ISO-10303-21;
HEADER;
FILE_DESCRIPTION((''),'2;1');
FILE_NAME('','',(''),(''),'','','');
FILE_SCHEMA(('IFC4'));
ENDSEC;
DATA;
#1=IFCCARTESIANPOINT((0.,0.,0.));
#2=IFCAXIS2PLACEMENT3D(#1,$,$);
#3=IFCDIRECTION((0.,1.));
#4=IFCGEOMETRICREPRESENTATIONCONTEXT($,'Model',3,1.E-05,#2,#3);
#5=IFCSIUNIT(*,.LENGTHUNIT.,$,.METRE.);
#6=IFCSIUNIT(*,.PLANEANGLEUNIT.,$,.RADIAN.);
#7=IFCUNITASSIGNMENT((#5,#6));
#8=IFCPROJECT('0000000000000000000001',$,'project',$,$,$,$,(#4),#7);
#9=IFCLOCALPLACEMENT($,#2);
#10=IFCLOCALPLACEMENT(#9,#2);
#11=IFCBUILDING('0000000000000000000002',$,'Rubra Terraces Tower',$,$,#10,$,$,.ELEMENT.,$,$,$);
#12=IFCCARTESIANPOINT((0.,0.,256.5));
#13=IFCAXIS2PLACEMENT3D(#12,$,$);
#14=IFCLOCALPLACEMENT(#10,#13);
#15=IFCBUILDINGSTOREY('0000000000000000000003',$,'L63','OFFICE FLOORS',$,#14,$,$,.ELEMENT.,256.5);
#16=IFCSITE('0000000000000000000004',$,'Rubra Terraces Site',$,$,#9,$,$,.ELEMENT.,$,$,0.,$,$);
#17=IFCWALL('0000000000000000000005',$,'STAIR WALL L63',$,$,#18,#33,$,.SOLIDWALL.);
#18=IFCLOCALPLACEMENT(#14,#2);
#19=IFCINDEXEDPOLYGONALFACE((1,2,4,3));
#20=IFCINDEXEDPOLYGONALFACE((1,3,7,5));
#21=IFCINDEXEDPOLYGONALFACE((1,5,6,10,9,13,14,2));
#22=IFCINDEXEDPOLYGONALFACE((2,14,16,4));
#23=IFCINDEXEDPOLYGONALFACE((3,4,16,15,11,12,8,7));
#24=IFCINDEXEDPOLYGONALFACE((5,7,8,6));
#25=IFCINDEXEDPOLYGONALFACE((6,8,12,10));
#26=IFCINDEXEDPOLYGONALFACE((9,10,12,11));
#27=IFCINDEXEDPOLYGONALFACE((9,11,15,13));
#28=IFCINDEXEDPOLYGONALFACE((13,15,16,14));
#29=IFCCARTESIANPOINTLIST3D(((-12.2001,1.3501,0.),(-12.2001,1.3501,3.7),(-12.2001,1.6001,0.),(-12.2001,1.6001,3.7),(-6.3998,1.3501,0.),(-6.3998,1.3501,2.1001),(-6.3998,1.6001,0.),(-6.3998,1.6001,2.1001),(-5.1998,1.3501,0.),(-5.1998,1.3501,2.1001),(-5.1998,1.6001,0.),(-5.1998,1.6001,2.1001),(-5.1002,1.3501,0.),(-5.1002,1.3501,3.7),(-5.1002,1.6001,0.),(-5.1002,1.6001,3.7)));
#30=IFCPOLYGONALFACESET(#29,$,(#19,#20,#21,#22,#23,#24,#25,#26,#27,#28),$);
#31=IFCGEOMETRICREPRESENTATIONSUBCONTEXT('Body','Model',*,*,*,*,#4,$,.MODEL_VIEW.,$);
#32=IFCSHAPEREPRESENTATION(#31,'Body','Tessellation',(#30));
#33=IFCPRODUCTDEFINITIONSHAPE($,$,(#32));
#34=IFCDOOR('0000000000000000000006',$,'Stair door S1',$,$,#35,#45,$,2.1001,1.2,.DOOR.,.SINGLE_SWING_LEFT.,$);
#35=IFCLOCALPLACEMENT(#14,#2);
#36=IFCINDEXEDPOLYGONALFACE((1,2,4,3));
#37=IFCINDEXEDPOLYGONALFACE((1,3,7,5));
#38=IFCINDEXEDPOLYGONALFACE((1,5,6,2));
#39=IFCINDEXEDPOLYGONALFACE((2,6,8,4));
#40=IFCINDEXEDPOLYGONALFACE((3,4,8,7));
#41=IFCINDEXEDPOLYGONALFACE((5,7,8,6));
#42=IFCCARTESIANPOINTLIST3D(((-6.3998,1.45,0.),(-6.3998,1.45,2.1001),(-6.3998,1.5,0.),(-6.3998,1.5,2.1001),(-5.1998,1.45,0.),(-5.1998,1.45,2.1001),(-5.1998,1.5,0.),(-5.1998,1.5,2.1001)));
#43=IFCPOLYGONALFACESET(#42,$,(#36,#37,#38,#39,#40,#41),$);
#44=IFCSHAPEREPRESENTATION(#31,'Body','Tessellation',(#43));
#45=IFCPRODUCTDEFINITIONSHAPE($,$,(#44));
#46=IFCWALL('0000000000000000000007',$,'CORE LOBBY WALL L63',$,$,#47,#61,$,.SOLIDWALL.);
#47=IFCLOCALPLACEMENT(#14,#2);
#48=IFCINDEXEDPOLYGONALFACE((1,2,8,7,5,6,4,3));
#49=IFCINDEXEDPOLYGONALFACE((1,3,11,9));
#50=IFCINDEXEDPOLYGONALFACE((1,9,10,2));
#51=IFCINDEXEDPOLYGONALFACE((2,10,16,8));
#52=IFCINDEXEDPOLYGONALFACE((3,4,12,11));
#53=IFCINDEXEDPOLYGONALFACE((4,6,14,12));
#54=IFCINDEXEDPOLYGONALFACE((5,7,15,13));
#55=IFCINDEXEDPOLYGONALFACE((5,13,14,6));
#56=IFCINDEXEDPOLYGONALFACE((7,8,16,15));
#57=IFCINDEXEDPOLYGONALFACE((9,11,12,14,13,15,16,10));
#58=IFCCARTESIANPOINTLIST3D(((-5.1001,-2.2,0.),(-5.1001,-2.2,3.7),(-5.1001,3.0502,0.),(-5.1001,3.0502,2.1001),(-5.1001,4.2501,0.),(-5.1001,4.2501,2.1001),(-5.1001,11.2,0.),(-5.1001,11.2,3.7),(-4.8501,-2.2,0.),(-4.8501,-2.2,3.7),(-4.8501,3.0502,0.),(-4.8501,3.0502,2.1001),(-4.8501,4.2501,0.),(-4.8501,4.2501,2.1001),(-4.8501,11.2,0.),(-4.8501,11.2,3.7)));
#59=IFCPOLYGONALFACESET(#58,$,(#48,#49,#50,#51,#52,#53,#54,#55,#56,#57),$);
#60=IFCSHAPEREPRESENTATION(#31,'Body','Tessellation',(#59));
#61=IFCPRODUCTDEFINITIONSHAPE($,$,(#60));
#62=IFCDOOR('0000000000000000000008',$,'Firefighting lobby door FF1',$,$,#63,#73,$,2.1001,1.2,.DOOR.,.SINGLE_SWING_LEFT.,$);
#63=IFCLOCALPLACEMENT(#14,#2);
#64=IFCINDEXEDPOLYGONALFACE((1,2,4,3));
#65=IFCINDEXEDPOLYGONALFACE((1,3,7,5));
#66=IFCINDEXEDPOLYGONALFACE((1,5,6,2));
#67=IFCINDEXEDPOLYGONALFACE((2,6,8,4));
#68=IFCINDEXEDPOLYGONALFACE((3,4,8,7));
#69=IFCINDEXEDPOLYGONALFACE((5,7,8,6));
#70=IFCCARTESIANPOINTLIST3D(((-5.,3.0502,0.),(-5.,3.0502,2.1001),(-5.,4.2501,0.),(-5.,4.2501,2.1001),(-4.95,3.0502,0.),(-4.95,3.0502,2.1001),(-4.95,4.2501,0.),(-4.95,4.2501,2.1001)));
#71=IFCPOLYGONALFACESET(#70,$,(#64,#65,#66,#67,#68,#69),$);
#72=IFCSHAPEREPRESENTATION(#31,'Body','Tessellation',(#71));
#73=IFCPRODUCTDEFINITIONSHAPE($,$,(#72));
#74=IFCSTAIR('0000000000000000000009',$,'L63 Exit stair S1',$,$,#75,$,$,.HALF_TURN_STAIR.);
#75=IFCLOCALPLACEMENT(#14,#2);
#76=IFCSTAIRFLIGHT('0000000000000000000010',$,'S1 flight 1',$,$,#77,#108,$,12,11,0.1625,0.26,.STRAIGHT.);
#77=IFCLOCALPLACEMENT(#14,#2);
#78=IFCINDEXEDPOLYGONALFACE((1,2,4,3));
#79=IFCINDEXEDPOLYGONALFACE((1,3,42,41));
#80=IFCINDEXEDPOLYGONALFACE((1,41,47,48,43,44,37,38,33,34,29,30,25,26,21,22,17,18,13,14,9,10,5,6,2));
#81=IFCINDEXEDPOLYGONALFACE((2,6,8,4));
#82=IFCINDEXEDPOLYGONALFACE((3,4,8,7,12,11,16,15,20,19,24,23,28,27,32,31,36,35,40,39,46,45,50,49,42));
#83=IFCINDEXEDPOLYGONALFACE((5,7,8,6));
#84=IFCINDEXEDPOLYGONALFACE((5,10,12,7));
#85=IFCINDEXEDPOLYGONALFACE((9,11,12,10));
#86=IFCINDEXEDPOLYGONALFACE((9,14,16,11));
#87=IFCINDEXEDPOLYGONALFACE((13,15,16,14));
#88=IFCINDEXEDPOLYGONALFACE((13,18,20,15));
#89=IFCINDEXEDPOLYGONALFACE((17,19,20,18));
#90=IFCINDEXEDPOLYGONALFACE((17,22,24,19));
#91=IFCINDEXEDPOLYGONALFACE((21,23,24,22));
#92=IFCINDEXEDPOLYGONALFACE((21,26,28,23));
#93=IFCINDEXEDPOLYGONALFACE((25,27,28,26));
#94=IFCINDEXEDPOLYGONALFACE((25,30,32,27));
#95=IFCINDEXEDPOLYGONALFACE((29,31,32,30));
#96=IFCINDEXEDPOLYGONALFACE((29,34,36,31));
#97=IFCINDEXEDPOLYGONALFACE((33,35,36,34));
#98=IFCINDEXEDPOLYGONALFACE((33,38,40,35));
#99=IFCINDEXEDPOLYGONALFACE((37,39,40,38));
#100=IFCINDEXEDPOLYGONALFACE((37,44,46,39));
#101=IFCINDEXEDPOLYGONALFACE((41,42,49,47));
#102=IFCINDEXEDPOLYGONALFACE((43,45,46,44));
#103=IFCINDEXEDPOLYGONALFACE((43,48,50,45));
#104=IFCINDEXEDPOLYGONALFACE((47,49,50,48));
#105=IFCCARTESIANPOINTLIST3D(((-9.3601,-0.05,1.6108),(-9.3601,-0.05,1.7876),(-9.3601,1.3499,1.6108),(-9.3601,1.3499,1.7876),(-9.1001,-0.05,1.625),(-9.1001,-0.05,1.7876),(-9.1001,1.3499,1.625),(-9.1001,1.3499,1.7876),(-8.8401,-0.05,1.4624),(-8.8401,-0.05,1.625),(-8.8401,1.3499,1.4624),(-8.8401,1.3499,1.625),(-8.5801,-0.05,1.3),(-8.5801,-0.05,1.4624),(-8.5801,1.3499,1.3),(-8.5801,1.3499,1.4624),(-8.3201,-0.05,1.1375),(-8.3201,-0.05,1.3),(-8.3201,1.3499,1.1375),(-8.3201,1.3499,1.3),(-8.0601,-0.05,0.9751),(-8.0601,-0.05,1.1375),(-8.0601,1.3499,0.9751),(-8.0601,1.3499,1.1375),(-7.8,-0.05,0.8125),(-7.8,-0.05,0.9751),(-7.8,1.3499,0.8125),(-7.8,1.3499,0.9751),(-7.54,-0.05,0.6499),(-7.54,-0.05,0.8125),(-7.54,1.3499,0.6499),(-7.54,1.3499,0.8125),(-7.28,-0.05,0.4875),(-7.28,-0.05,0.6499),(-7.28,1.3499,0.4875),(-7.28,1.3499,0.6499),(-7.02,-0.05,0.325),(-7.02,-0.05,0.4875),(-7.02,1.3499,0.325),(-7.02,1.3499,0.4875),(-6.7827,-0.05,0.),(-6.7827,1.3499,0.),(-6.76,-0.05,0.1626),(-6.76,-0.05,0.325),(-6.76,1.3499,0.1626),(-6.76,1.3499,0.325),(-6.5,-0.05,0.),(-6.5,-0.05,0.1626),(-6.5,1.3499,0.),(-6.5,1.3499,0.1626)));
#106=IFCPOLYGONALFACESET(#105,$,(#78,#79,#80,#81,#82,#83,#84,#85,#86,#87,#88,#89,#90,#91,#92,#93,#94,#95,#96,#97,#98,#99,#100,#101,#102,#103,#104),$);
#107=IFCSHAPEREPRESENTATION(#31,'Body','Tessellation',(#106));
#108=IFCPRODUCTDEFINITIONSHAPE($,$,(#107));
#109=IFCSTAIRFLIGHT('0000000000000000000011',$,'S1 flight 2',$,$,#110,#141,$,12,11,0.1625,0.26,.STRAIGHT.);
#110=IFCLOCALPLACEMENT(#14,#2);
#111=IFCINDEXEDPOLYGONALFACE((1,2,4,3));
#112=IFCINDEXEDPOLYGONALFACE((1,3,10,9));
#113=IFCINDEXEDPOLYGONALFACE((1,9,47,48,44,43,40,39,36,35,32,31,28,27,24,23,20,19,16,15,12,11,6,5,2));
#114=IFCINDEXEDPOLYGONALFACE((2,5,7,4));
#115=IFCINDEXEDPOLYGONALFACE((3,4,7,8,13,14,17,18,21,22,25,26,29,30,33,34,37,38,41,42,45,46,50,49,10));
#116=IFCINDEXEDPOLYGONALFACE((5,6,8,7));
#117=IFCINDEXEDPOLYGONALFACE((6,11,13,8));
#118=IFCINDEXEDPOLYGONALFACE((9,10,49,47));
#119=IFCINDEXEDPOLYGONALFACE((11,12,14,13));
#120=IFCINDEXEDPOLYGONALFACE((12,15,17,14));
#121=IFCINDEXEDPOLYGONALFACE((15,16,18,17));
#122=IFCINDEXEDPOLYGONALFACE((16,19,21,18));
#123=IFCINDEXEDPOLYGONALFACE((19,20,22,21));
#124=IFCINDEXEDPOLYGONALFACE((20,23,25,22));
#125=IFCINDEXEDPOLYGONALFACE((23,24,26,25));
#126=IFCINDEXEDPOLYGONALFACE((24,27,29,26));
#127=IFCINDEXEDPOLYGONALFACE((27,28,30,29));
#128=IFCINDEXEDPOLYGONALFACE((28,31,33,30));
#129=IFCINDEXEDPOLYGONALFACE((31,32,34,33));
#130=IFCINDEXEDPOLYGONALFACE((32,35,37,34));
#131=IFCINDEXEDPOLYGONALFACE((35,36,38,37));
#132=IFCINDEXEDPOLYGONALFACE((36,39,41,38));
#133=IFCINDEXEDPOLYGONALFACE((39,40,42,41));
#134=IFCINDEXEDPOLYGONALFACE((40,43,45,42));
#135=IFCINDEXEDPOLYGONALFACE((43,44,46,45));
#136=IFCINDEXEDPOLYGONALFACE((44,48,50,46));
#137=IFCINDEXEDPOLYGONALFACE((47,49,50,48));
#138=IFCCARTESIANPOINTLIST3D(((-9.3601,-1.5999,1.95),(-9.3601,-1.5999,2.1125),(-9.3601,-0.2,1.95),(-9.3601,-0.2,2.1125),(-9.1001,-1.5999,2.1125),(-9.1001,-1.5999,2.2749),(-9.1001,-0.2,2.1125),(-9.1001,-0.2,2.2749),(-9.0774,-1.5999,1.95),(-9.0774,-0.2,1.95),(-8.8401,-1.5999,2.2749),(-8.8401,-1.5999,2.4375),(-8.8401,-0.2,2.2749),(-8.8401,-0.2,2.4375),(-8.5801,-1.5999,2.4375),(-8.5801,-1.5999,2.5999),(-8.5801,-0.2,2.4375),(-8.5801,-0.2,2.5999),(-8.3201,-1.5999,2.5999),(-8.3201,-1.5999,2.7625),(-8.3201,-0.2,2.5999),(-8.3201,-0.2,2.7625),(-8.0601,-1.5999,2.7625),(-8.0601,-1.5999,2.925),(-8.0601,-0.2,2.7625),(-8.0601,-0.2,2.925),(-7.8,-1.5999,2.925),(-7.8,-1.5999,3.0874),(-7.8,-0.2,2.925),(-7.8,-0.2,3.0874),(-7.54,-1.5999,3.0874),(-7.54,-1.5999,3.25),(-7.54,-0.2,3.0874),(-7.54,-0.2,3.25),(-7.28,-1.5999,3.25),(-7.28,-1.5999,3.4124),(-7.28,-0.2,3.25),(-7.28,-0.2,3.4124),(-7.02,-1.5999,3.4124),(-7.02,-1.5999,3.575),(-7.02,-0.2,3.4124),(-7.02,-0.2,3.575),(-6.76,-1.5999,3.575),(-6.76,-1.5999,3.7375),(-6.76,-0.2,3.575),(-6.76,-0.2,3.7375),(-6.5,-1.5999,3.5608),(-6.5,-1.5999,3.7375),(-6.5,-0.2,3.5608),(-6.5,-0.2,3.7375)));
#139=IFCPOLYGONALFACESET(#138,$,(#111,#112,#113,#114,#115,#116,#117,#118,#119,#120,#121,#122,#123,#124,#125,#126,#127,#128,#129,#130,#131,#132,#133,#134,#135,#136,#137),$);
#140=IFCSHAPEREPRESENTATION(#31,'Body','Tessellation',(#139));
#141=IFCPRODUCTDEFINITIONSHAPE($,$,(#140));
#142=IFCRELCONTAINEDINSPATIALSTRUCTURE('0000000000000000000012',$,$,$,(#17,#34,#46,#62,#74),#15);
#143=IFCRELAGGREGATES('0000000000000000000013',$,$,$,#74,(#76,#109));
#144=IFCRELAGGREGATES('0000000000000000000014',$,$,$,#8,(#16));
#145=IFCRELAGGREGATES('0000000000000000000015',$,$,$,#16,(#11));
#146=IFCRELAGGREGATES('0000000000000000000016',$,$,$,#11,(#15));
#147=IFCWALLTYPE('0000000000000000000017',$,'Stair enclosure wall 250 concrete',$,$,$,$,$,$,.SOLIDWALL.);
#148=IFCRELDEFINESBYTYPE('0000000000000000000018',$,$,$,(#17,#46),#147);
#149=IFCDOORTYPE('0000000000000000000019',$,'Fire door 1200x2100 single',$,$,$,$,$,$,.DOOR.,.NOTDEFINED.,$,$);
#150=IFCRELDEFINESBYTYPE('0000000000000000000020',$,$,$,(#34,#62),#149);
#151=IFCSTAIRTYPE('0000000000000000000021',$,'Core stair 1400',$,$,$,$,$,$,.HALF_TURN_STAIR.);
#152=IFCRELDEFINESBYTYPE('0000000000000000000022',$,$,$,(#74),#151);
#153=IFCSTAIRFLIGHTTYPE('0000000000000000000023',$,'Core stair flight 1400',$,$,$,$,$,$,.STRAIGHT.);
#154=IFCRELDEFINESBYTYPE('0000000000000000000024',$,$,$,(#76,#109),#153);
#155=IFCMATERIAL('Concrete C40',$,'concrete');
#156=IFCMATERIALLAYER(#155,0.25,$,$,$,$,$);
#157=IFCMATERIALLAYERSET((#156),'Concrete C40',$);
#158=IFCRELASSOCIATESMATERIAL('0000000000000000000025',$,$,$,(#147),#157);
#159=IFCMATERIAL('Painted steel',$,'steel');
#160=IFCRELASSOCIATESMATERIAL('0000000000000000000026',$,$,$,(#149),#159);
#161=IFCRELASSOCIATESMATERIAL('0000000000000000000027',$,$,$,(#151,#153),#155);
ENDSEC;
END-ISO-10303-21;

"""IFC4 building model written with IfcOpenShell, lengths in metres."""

from ifc_helpers import new_model, si_unit, direction, frame, frame_2d, origin, place, context, subcontext, project, spatial, polyline, rectangle, outline, extrude, material, layer, layer_set, type_object, element, fill, aggregate, save


model = new_model("IFC4")

# Units and contexts
model_context = context("Model", 3, precision=1e-05, world=origin(), true_north=direction((0.0, 1.0)))
body_context = subcontext(model_context, "Body", "Model", "MODEL_VIEW")
ifc_project = project(units=[si_unit("LENGTHUNIT", "METRE"), si_unit("PLANEANGLEUNIT", "RADIAN")], contexts=[model_context])

# Site, building, storey
site_placement = place(None, origin())
site = spatial("IfcSite", under=ifc_project, at=site_placement, Name="Rubra Terraces Site", CompositionType="ELEMENT", RefElevation=0.0)
building_placement = place(site_placement, origin())
building = spatial("IfcBuilding", under=site, at=building_placement, Name="Rubra Terraces Tower", CompositionType="ELEMENT")
storey_placement = place(building_placement, frame((0.0, 0.0, 256.5)))
storey = spatial("IfcBuildingStorey", under=building, at=storey_placement, Name="L63", Description="OFFICE FLOORS", CompositionType="ELEMENT", Elevation=256.5)

# Shared definitions
ifc_material_1 = material(Name="Painted steel", Category="steel")

# Shared definitions
ifc_material_2 = material(Name="Concrete C40", Category="concrete")

# Walls, openings, doors
ifc_layer_1 = layer(ifc_material_2, 0.25)
ifc_layer_set_1 = layer_set([ifc_layer_1], Name="Concrete C40")
wall_type_1 = type_object("IfcWallType", Name="Stair enclosure wall 250 concrete", PredefinedType="SOLIDWALL", material=ifc_layer_set_1)
wall_1_placement = place(storey_placement, frame((-12.2, 1.4751, 0.0), z_axis=(0.0, 0.0, 1.0), x_axis=(1.0, 0.0, 0.0)))
wall_1 = element("IfcWall", 1, at=wall_1_placement, inside=storey, type_object=wall_type_1, Name="STAIR WALL L63", PredefinedType="SOLIDWALL", context=body_context, shape_type="SweptSolid", body=[
    extrude(rectangle(XDim=7.0999, YDim=0.25, at=frame_2d((3.5498, 0.0))), origin(), (0.0, 0.0, 1.0), 3.7),
])
opening_1_placement = place(wall_1_placement, frame((5.8, 0.0, 0.0)))
opening_1 = element("IfcOpeningElement", 2, at=opening_1_placement, cuts=wall_1, PredefinedType="OPENING", context=body_context, shape_type="SweptSolid", body=[
    extrude(rectangle(XDim=1.2, YDim=2.1001, at=frame_2d((0.6001, 1.05))), frame((0.0, 0.135, 0.0), z_axis=(0.0, -1.0, 0.0), x_axis=(1.0, 0.0, 0.0)), (0.0, 0.0, 1.0), 0.27),
])
door_type_1 = type_object("IfcDoorType", Name="Fire door 1200x2100 single", OperationType="NOTDEFINED", PredefinedType="DOOR", material=ifc_material_1)
door_1_placement = place(opening_1_placement, origin())
door_1 = element("IfcDoor", 3, at=door_1_placement, inside=storey, type_object=door_type_1, Name="Stair door S1", OperationType="SINGLE_SWING_LEFT", OverallHeight=2.1001, OverallWidth=1.2, PredefinedType="DOOR", context=body_context, shape_type="SweptSolid", body=[
    extrude(rectangle(XDim=1.2, YDim=2.1001, at=frame_2d((0.6001, 1.05))), frame((0.0, 0.0249, 0.0), z_axis=(0.0, -1.0, 0.0), x_axis=(1.0, 0.0, 0.0)), (0.0, 0.0, 1.0), 0.05),
])
fill(opening_1, door_1)
wall_2_placement = place(storey_placement, frame((-4.9751, -2.2, 0.0), z_axis=(0.0, 0.0, 1.0), x_axis=(0.0, 1.0, 0.0)))
wall_2 = element("IfcWall", 4, at=wall_2_placement, inside=storey, type_object=wall_type_1, Name="CORE LOBBY WALL L63", PredefinedType="SOLIDWALL", context=body_context, shape_type="SweptSolid", body=[
    extrude(rectangle(XDim=13.3999, YDim=0.25, at=frame_2d((6.7, 0.0))), origin(), (0.0, 0.0, 1.0), 3.7),
])
opening_2_placement = place(wall_2_placement, frame((5.25, 0.0, 0.0)))
opening_2 = element("IfcOpeningElement", 5, at=opening_2_placement, cuts=wall_2, PredefinedType="OPENING", context=body_context, shape_type="SweptSolid", body=[
    extrude(rectangle(XDim=1.2, YDim=2.1001, at=frame_2d((0.6001, 1.05))), frame((0.0, 0.135, 0.0), z_axis=(0.0, -1.0, 0.0), x_axis=(1.0, 0.0, 0.0)), (0.0, 0.0, 1.0), 0.27),
])
door_2_placement = place(opening_2_placement, origin())
door_2 = element("IfcDoor", 6, at=door_2_placement, inside=storey, type_object=door_type_1, Name="Firefighting lobby door FF1", OperationType="SINGLE_SWING_LEFT", OverallHeight=2.1001, OverallWidth=1.2, PredefinedType="DOOR", context=body_context, shape_type="SweptSolid", body=[
    extrude(rectangle(XDim=1.2, YDim=2.1001, at=frame_2d((0.6001, 1.05))), frame((0.0, 0.0249, 0.0), z_axis=(0.0, -1.0, 0.0), x_axis=(1.0, 0.0, 0.0)), (0.0, 0.0, 1.0), 0.05),
])
fill(opening_2, door_2)

# Stair, stair flights
stair_type = type_object("IfcStairType", Name="Core stair 1400", PredefinedType="HALF_TURN_STAIR", material=ifc_material_2)
stair_placement = place(storey_placement, origin())
stair = element("IfcStair", 7, at=stair_placement, inside=storey, type_object=stair_type, Name="L63 Exit stair S1", PredefinedType="HALF_TURN_STAIR")
stair_flight_type = type_object("IfcStairFlightType", Name="Core stair flight 1400", PredefinedType="STRAIGHT", material=ifc_material_2)
stair_flight_1_placement = place(storey_placement, frame((-6.5, 0.6499, 0.0), z_axis=(0.0, 0.0, 1.0), x_axis=(-1.0, 0.0, 0.0)))
stair_flight_1 = element("IfcStairFlight", 8, at=stair_flight_1_placement, type_object=stair_flight_type, Name="S1 flight 1", NumberOfRisers=12, NumberOfTreads=11, PredefinedType="STRAIGHT", RiserHeight=0.1625, TreadLength=0.26, context=body_context, shape_type="SweptSolid", body=[
    extrude(outline(polyline([(0.0, 0.0), (0.0, 0.1626), (0.26, 0.1626), (0.26, 0.325), (0.52, 0.325), (0.52, 0.4875), (0.78, 0.4875), (0.78, 0.6499), (1.04, 0.6499), (1.04, 0.8125), (1.3, 0.8125), (1.3, 0.9751), (1.5601, 0.9751), (1.5601, 1.1375), (1.8201, 1.1375), (1.8201, 1.3), (2.0801, 1.3), (2.0801, 1.4624), (2.3401, 1.4624), (2.3401, 1.625), (2.6001, 1.625), (2.6001, 1.7876), (2.8601, 1.7876), (2.8601, 1.95), (2.8601, 1.6108), (0.2827, 0.0), (0.0, 0.0)])), frame((0.0, 0.7, 0.0), z_axis=(0.0, -1.0, 0.0), x_axis=(1.0, 0.0, 0.0)), (0.0, 0.0, 1.0), 1.3999),
])
stair_flight_2_placement = place(storey_placement, frame((-9.3601, -0.8999, 1.95), z_axis=(0.0, 0.0, 1.0), x_axis=(1.0, 0.0, 0.0)))
stair_flight_2 = element("IfcStairFlight", 9, at=stair_flight_2_placement, type_object=stair_flight_type, Name="S1 flight 2", NumberOfRisers=12, NumberOfTreads=11, PredefinedType="STRAIGHT", RiserHeight=0.1625, TreadLength=0.26, context=body_context, shape_type="SweptSolid", body=[
    extrude(outline(polyline([(0.0, 0.0), (0.0, 0.1626), (0.26, 0.1626), (0.26, 0.325), (0.52, 0.325), (0.52, 0.4875), (0.78, 0.4875), (0.78, 0.6499), (1.04, 0.6499), (1.04, 0.8125), (1.3, 0.8125), (1.3, 0.9751), (1.5601, 0.9751), (1.5601, 1.1375), (1.8201, 1.1375), (1.8201, 1.3), (2.0801, 1.3), (2.0801, 1.4624), (2.3401, 1.4624), (2.3401, 1.625), (2.6001, 1.625), (2.6001, 1.7876), (2.8601, 1.7876), (2.8601, 1.95), (2.8601, 1.6108), (0.2827, 0.0), (0.0, 0.0)])), frame((0.0, 0.7, 0.0), z_axis=(0.0, -1.0, 0.0), x_axis=(1.0, 0.0, 0.0)), (0.0, 0.0, 1.0), 1.3999),
])
aggregate(stair, [stair_flight_1, stair_flight_2])

save(model, "model.ifc")
